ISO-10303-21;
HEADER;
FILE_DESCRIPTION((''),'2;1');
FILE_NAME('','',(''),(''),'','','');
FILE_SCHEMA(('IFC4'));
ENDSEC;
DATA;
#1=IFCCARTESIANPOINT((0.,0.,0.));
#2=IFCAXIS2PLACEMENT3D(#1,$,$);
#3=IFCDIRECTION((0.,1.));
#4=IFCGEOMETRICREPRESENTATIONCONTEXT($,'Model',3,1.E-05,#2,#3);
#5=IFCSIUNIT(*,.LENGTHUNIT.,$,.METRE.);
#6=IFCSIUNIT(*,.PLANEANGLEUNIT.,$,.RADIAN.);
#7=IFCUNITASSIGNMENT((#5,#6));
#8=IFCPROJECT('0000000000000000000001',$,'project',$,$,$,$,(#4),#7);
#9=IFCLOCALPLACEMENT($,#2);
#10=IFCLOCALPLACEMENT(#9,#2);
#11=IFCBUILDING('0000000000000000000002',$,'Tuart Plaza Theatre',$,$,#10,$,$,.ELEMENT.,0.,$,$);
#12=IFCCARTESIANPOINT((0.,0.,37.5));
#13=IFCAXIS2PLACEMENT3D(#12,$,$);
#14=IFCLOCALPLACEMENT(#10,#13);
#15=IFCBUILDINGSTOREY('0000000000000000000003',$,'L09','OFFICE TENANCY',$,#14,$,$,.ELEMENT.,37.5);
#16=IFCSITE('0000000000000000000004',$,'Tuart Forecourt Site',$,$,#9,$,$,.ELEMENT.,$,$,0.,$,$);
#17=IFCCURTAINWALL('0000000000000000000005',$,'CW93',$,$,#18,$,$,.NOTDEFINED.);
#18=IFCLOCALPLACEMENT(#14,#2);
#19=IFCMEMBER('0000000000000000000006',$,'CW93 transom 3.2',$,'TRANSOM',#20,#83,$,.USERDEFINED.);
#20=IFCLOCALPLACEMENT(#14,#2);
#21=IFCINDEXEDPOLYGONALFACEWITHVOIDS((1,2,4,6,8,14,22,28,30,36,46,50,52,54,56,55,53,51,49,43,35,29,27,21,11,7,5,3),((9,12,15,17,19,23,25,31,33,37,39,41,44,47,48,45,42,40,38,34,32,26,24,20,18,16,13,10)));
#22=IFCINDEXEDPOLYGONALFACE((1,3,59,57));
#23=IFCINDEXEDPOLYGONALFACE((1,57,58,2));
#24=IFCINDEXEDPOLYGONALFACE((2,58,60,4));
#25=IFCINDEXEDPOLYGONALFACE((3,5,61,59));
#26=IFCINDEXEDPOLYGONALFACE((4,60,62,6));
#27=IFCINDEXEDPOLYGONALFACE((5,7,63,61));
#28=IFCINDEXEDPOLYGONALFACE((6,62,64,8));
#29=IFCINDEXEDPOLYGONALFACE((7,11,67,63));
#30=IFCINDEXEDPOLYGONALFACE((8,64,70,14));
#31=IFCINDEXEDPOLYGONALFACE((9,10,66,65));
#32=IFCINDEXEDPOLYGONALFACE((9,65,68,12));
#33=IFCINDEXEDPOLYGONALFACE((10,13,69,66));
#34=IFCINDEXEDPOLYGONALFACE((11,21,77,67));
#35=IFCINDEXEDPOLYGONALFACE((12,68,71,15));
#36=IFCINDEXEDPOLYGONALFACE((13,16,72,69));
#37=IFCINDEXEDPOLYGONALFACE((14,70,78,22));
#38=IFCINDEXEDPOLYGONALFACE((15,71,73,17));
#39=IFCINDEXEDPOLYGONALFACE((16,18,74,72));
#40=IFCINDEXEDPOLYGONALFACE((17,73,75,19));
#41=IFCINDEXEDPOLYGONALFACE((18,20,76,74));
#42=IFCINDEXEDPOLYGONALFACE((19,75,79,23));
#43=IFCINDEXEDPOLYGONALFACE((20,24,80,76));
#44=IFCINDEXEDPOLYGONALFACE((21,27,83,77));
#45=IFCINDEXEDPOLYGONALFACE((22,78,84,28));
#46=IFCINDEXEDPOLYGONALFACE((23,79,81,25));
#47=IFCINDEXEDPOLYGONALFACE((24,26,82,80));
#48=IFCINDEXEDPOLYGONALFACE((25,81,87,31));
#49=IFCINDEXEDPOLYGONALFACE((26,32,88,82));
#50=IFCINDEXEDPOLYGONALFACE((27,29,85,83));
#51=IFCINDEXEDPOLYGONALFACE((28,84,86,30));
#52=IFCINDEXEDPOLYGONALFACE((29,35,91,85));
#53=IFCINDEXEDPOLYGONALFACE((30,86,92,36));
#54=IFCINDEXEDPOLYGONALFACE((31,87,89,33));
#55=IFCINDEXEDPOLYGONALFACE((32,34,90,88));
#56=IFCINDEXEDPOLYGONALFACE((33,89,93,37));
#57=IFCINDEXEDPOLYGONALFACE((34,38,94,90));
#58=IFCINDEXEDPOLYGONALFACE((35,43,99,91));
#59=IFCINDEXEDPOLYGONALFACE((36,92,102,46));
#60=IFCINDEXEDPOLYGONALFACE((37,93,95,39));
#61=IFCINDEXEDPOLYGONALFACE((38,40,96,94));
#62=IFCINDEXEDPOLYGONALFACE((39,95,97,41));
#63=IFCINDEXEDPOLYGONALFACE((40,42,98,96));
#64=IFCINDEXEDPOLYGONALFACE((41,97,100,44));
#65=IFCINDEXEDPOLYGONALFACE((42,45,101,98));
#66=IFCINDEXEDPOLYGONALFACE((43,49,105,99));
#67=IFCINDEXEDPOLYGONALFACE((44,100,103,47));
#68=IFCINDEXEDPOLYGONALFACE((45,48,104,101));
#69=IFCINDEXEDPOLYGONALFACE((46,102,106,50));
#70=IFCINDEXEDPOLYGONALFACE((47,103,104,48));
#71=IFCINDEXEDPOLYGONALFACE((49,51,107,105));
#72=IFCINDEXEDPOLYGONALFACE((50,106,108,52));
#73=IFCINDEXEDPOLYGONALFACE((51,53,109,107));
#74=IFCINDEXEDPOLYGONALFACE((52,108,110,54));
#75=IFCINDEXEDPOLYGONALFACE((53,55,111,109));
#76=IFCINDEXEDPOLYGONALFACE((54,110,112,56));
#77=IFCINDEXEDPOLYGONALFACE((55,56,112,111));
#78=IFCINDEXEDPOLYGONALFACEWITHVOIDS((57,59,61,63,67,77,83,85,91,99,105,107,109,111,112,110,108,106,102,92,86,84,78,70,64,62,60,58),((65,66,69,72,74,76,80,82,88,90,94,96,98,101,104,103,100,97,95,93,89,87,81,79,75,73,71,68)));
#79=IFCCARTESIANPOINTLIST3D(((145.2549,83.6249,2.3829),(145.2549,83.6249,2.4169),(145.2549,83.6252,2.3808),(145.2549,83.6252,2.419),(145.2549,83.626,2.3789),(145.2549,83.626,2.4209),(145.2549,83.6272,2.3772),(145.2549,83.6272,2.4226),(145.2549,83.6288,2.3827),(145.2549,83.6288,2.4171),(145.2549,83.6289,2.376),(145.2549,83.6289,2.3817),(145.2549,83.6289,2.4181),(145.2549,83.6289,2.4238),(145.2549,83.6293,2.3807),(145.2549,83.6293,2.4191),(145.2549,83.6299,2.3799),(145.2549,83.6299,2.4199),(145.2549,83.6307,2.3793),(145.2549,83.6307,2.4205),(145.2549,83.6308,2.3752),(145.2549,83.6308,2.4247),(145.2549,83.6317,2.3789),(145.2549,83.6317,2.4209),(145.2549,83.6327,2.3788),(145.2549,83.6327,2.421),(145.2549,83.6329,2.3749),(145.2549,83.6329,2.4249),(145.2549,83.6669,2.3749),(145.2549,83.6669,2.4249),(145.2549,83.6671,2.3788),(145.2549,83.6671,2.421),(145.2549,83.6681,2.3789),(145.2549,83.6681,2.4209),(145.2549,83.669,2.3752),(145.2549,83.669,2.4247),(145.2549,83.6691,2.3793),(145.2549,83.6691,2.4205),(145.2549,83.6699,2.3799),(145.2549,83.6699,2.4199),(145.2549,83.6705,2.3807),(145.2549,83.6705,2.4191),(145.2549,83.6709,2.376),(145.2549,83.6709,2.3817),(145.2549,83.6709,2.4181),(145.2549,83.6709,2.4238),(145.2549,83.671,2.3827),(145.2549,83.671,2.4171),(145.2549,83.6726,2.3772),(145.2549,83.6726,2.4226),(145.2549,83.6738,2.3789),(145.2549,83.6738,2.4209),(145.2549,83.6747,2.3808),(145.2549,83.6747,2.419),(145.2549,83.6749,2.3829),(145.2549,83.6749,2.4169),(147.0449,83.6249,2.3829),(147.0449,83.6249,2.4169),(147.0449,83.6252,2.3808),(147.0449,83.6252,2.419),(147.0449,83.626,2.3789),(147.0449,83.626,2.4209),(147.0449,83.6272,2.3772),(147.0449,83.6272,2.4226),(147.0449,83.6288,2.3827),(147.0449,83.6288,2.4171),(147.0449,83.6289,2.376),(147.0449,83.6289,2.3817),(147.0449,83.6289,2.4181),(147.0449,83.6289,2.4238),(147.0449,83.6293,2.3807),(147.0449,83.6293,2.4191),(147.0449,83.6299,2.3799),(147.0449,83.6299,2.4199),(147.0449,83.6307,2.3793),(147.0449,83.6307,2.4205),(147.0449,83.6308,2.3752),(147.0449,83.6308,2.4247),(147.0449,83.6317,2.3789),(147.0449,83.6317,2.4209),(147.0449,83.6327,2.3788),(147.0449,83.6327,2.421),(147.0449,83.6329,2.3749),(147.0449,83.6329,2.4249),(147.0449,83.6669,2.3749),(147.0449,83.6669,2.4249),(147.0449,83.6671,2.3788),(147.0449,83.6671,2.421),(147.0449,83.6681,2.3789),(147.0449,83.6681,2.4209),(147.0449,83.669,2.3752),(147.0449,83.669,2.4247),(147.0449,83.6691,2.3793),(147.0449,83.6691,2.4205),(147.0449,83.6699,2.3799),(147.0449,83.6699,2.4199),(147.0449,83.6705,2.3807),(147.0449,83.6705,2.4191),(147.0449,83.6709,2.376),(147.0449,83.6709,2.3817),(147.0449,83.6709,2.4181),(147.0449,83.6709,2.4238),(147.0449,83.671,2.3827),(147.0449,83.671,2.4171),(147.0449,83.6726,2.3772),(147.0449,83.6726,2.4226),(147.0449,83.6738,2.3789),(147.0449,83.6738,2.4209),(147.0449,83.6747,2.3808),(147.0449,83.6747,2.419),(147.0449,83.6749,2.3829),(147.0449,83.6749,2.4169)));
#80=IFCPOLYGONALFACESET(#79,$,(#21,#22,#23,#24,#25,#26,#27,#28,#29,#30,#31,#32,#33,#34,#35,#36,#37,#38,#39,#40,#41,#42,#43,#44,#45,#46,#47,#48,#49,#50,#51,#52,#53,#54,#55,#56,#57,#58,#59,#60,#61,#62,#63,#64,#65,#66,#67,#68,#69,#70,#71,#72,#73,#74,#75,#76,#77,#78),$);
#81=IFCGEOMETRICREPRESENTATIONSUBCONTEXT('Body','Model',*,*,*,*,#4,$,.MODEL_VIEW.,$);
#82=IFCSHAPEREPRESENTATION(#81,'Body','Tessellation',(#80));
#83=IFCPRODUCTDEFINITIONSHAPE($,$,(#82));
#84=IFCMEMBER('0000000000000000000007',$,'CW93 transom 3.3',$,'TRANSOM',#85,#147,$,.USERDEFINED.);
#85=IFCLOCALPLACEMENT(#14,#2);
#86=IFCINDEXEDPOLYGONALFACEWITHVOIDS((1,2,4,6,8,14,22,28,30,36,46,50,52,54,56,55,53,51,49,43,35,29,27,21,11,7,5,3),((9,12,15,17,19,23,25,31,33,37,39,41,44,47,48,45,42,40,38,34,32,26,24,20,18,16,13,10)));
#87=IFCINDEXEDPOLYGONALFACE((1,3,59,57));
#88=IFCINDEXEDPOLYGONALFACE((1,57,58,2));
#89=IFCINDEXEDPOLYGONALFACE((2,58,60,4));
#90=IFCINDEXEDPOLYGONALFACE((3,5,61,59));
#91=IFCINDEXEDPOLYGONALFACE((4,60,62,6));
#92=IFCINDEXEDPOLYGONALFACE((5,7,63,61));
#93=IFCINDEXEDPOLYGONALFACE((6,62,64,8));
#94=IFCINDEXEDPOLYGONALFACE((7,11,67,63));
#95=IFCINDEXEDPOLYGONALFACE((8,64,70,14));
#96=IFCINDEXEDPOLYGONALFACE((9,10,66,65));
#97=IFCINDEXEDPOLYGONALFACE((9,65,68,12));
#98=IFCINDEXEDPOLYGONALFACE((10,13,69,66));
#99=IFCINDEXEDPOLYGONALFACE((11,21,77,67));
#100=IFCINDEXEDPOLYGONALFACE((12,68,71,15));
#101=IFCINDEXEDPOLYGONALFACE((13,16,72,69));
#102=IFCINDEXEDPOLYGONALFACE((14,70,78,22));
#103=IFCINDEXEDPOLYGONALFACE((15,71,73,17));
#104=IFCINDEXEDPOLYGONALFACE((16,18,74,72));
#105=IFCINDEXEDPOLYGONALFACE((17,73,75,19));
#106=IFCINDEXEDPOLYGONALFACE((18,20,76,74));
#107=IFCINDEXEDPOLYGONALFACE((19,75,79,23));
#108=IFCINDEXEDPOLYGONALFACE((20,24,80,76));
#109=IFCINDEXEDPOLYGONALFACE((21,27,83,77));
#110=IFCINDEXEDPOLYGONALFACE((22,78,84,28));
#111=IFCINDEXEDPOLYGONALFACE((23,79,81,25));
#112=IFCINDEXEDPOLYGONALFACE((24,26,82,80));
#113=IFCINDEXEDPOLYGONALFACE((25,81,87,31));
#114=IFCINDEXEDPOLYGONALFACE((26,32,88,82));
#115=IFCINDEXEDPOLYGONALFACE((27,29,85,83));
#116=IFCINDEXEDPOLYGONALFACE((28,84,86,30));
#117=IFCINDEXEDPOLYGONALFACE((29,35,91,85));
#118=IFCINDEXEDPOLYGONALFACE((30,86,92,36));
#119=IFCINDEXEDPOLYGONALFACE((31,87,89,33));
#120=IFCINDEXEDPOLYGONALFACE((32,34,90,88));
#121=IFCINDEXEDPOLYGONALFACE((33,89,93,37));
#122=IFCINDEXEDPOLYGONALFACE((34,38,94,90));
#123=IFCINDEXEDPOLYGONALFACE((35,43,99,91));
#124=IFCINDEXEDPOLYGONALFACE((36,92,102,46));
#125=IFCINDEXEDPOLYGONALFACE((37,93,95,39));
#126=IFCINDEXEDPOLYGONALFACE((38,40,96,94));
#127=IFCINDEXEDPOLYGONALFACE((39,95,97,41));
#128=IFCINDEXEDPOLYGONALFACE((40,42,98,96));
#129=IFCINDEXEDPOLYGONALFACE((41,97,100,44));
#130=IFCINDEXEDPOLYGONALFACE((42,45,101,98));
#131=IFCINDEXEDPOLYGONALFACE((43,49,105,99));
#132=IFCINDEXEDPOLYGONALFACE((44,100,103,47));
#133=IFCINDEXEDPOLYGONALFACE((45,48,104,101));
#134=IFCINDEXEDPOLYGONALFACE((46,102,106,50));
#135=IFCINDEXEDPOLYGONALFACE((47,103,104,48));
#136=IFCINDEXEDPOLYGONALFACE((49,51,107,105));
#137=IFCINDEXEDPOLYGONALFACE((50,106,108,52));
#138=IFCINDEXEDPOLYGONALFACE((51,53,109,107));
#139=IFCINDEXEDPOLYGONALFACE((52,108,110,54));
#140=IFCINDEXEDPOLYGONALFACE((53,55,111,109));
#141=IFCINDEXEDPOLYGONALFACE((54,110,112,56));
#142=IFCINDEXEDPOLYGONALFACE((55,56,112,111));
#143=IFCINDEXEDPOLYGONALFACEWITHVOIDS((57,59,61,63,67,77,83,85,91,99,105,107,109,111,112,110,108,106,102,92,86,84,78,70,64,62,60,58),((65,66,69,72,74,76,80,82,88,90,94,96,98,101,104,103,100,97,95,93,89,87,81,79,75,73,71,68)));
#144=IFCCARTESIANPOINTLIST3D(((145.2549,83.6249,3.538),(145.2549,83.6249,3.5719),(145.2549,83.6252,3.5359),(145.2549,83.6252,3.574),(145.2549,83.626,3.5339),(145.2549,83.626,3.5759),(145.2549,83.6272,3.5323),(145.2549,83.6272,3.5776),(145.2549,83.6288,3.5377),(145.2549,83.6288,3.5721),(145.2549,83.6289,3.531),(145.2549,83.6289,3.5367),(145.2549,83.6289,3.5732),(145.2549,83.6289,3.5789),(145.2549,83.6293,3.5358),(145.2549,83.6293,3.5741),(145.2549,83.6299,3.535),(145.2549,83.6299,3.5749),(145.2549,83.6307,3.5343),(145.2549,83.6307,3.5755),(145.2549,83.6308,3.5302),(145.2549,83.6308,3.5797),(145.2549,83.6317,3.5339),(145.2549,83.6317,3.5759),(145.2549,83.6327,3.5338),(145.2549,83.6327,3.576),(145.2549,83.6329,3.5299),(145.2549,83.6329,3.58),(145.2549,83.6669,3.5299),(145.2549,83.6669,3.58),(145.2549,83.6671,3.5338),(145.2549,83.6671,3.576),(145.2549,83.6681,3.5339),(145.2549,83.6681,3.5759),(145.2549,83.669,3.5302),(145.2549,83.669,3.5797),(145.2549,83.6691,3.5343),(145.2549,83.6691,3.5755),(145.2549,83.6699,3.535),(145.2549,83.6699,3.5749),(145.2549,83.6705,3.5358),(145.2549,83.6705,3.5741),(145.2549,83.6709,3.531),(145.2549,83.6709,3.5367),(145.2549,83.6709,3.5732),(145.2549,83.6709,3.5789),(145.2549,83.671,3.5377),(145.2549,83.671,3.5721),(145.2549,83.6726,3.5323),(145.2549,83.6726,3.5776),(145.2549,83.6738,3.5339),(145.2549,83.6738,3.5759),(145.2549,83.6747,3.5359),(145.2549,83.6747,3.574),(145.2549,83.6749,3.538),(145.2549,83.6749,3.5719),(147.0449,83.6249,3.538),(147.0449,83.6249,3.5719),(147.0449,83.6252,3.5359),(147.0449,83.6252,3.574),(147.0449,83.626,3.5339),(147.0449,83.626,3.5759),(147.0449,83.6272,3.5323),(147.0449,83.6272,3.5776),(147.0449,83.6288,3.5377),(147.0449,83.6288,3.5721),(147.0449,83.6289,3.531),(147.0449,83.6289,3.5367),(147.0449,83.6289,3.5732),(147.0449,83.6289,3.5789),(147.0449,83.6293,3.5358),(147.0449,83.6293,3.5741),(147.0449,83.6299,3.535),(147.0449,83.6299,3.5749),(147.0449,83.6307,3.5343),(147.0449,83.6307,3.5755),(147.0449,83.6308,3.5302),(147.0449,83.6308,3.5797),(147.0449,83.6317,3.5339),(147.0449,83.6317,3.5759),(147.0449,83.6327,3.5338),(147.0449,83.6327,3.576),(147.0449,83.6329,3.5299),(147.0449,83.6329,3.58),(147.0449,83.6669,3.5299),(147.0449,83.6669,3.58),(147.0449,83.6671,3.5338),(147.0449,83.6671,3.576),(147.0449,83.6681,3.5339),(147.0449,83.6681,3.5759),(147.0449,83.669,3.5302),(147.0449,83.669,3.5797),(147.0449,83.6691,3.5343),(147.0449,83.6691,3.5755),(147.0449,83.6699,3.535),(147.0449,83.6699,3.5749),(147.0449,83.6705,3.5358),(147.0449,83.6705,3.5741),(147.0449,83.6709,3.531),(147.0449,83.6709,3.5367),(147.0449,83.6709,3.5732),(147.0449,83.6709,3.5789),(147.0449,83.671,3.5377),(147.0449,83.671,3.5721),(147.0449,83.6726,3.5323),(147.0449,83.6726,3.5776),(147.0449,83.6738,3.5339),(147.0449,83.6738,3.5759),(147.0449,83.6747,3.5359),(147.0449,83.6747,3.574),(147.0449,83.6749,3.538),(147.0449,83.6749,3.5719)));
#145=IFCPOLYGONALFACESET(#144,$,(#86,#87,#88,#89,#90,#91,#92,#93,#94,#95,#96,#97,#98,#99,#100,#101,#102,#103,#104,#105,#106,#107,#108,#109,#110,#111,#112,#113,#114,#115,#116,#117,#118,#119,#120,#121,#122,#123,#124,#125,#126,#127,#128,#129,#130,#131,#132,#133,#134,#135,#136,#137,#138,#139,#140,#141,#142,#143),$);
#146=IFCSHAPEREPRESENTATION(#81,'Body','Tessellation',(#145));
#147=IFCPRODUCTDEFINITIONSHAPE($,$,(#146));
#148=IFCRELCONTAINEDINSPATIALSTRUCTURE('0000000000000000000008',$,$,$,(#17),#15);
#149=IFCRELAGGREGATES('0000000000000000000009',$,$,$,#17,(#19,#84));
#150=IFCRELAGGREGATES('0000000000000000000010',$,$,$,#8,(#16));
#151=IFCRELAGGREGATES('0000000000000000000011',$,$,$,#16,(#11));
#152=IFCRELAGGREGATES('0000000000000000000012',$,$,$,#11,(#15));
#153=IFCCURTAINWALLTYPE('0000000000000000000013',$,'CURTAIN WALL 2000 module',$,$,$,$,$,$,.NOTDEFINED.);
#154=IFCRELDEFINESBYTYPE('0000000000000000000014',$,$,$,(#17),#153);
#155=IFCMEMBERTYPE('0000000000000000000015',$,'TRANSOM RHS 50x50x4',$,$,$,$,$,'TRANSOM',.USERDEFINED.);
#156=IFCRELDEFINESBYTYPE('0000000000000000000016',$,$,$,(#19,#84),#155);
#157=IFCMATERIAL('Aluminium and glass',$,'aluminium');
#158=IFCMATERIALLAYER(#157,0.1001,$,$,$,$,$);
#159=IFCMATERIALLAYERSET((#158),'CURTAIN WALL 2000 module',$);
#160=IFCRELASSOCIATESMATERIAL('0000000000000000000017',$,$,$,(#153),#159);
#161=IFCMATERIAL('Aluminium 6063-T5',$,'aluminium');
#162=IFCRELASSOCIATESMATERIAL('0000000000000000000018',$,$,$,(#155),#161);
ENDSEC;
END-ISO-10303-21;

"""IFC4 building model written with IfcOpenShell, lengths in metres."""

from ifc_helpers import new_model, si_unit, direction, frame, origin, origin_2d, place, context, subcontext, project, spatial, hollow_rectangle, extrude, material, layer, layer_set, material_profile, profile_set, type_object, element, aggregate, save


model = new_model("IFC4")

# Units and contexts
model_context = context("Model", 3, precision=1e-05, world=origin(), true_north=direction((0.0, 1.0)))
body_context = subcontext(model_context, "Body", "Model", "MODEL_VIEW")
ifc_project = project(units=[si_unit("LENGTHUNIT", "METRE"), si_unit("PLANEANGLEUNIT", "RADIAN")], contexts=[model_context])

# Site, building, storey
site_placement = place(None, origin())
site = spatial("IfcSite", under=ifc_project, at=site_placement, Name="Tuart Forecourt Site", CompositionType="ELEMENT", RefElevation=0.0)
building_placement = place(site_placement, origin())
building = spatial("IfcBuilding", under=site, at=building_placement, Name="Tuart Plaza Theatre", CompositionType="ELEMENT", ElevationOfRefHeight=0.0)
storey_placement = place(building_placement, frame((0.0, 0.0, 37.5)))
storey = spatial("IfcBuildingStorey", under=building, at=storey_placement, Name="L09", Description="OFFICE TENANCY", CompositionType="ELEMENT", Elevation=37.5)

# Curtain wall
ifc_material_1 = material(Name="Aluminium and glass", Category="aluminium")
ifc_layer_1 = layer(ifc_material_1, 0.1001)
ifc_layer_set_1 = layer_set([ifc_layer_1], Name="CURTAIN WALL 2000 module")
curtain_wall_type_1 = type_object("IfcCurtainWallType", Name="CURTAIN WALL 2000 module", PredefinedType="NOTDEFINED", material=ifc_layer_set_1)
curtain_wall_1_placement = place(storey_placement, origin())
curtain_wall_1 = element("IfcCurtainWall", 1, at=curtain_wall_1_placement, inside=storey, type_object=curtain_wall_type_1, Name="CW93", PredefinedType="NOTDEFINED")

# Members
ifc_material_2 = material(Name="Aluminium 6063-T5", Category="aluminium")
ifc_material_profile_1 = material_profile(ifc_material_2, hollow_rectangle(XDim=0.05, YDim=0.05, WallThickness=0.0039, InnerFilletRadius=0.0039, OuterFilletRadius=0.0081, at=origin_2d()), Name="RHS 50x50x4")
ifc_profile_set_1 = profile_set([ifc_material_profile_1], Name="Aluminium 6063-T5")
member_type_1 = type_object("IfcMemberType", Name="TRANSOM RHS 50x50x4", ElementType="TRANSOM", PredefinedType="USERDEFINED", material=ifc_profile_set_1)
member_1_placement = place(storey_placement, frame((147.0449, 83.6499, 2.3999), z_axis=(-1.0, 0.0, 0.0), x_axis=(0.0, -1.0, 0.0)))
member_1 = element("IfcMember", 2, at=member_1_placement, type_object=member_type_1, Name="CW93 transom 3.2", ObjectType="TRANSOM", PredefinedType="USERDEFINED", context=body_context, shape_type="SweptSolid", body=[
    extrude(hollow_rectangle(XDim=0.05, YDim=0.05, WallThickness=0.0039, InnerFilletRadius=0.0039, OuterFilletRadius=0.0081, at=origin_2d()), origin(), (0.0, 0.0, 1.0), 1.79),
])
member_2_placement = place(storey_placement, frame((147.0449, 83.6499, 3.5549), z_axis=(-1.0, 0.0, 0.0), x_axis=(0.0, -1.0, 0.0)))
member_2 = element("IfcMember", 3, at=member_2_placement, type_object=member_type_1, Name="CW93 transom 3.3", ObjectType="TRANSOM", PredefinedType="USERDEFINED", context=body_context, shape_type="SweptSolid", body=[
    extrude(hollow_rectangle(XDim=0.05, YDim=0.05, WallThickness=0.0039, InnerFilletRadius=0.0039, OuterFilletRadius=0.0081, at=origin_2d()), origin(), (0.0, 0.0, 1.0), 1.79),
])

aggregate(curtain_wall_1, [member_1, member_2])

save(model, "model.ifc")
